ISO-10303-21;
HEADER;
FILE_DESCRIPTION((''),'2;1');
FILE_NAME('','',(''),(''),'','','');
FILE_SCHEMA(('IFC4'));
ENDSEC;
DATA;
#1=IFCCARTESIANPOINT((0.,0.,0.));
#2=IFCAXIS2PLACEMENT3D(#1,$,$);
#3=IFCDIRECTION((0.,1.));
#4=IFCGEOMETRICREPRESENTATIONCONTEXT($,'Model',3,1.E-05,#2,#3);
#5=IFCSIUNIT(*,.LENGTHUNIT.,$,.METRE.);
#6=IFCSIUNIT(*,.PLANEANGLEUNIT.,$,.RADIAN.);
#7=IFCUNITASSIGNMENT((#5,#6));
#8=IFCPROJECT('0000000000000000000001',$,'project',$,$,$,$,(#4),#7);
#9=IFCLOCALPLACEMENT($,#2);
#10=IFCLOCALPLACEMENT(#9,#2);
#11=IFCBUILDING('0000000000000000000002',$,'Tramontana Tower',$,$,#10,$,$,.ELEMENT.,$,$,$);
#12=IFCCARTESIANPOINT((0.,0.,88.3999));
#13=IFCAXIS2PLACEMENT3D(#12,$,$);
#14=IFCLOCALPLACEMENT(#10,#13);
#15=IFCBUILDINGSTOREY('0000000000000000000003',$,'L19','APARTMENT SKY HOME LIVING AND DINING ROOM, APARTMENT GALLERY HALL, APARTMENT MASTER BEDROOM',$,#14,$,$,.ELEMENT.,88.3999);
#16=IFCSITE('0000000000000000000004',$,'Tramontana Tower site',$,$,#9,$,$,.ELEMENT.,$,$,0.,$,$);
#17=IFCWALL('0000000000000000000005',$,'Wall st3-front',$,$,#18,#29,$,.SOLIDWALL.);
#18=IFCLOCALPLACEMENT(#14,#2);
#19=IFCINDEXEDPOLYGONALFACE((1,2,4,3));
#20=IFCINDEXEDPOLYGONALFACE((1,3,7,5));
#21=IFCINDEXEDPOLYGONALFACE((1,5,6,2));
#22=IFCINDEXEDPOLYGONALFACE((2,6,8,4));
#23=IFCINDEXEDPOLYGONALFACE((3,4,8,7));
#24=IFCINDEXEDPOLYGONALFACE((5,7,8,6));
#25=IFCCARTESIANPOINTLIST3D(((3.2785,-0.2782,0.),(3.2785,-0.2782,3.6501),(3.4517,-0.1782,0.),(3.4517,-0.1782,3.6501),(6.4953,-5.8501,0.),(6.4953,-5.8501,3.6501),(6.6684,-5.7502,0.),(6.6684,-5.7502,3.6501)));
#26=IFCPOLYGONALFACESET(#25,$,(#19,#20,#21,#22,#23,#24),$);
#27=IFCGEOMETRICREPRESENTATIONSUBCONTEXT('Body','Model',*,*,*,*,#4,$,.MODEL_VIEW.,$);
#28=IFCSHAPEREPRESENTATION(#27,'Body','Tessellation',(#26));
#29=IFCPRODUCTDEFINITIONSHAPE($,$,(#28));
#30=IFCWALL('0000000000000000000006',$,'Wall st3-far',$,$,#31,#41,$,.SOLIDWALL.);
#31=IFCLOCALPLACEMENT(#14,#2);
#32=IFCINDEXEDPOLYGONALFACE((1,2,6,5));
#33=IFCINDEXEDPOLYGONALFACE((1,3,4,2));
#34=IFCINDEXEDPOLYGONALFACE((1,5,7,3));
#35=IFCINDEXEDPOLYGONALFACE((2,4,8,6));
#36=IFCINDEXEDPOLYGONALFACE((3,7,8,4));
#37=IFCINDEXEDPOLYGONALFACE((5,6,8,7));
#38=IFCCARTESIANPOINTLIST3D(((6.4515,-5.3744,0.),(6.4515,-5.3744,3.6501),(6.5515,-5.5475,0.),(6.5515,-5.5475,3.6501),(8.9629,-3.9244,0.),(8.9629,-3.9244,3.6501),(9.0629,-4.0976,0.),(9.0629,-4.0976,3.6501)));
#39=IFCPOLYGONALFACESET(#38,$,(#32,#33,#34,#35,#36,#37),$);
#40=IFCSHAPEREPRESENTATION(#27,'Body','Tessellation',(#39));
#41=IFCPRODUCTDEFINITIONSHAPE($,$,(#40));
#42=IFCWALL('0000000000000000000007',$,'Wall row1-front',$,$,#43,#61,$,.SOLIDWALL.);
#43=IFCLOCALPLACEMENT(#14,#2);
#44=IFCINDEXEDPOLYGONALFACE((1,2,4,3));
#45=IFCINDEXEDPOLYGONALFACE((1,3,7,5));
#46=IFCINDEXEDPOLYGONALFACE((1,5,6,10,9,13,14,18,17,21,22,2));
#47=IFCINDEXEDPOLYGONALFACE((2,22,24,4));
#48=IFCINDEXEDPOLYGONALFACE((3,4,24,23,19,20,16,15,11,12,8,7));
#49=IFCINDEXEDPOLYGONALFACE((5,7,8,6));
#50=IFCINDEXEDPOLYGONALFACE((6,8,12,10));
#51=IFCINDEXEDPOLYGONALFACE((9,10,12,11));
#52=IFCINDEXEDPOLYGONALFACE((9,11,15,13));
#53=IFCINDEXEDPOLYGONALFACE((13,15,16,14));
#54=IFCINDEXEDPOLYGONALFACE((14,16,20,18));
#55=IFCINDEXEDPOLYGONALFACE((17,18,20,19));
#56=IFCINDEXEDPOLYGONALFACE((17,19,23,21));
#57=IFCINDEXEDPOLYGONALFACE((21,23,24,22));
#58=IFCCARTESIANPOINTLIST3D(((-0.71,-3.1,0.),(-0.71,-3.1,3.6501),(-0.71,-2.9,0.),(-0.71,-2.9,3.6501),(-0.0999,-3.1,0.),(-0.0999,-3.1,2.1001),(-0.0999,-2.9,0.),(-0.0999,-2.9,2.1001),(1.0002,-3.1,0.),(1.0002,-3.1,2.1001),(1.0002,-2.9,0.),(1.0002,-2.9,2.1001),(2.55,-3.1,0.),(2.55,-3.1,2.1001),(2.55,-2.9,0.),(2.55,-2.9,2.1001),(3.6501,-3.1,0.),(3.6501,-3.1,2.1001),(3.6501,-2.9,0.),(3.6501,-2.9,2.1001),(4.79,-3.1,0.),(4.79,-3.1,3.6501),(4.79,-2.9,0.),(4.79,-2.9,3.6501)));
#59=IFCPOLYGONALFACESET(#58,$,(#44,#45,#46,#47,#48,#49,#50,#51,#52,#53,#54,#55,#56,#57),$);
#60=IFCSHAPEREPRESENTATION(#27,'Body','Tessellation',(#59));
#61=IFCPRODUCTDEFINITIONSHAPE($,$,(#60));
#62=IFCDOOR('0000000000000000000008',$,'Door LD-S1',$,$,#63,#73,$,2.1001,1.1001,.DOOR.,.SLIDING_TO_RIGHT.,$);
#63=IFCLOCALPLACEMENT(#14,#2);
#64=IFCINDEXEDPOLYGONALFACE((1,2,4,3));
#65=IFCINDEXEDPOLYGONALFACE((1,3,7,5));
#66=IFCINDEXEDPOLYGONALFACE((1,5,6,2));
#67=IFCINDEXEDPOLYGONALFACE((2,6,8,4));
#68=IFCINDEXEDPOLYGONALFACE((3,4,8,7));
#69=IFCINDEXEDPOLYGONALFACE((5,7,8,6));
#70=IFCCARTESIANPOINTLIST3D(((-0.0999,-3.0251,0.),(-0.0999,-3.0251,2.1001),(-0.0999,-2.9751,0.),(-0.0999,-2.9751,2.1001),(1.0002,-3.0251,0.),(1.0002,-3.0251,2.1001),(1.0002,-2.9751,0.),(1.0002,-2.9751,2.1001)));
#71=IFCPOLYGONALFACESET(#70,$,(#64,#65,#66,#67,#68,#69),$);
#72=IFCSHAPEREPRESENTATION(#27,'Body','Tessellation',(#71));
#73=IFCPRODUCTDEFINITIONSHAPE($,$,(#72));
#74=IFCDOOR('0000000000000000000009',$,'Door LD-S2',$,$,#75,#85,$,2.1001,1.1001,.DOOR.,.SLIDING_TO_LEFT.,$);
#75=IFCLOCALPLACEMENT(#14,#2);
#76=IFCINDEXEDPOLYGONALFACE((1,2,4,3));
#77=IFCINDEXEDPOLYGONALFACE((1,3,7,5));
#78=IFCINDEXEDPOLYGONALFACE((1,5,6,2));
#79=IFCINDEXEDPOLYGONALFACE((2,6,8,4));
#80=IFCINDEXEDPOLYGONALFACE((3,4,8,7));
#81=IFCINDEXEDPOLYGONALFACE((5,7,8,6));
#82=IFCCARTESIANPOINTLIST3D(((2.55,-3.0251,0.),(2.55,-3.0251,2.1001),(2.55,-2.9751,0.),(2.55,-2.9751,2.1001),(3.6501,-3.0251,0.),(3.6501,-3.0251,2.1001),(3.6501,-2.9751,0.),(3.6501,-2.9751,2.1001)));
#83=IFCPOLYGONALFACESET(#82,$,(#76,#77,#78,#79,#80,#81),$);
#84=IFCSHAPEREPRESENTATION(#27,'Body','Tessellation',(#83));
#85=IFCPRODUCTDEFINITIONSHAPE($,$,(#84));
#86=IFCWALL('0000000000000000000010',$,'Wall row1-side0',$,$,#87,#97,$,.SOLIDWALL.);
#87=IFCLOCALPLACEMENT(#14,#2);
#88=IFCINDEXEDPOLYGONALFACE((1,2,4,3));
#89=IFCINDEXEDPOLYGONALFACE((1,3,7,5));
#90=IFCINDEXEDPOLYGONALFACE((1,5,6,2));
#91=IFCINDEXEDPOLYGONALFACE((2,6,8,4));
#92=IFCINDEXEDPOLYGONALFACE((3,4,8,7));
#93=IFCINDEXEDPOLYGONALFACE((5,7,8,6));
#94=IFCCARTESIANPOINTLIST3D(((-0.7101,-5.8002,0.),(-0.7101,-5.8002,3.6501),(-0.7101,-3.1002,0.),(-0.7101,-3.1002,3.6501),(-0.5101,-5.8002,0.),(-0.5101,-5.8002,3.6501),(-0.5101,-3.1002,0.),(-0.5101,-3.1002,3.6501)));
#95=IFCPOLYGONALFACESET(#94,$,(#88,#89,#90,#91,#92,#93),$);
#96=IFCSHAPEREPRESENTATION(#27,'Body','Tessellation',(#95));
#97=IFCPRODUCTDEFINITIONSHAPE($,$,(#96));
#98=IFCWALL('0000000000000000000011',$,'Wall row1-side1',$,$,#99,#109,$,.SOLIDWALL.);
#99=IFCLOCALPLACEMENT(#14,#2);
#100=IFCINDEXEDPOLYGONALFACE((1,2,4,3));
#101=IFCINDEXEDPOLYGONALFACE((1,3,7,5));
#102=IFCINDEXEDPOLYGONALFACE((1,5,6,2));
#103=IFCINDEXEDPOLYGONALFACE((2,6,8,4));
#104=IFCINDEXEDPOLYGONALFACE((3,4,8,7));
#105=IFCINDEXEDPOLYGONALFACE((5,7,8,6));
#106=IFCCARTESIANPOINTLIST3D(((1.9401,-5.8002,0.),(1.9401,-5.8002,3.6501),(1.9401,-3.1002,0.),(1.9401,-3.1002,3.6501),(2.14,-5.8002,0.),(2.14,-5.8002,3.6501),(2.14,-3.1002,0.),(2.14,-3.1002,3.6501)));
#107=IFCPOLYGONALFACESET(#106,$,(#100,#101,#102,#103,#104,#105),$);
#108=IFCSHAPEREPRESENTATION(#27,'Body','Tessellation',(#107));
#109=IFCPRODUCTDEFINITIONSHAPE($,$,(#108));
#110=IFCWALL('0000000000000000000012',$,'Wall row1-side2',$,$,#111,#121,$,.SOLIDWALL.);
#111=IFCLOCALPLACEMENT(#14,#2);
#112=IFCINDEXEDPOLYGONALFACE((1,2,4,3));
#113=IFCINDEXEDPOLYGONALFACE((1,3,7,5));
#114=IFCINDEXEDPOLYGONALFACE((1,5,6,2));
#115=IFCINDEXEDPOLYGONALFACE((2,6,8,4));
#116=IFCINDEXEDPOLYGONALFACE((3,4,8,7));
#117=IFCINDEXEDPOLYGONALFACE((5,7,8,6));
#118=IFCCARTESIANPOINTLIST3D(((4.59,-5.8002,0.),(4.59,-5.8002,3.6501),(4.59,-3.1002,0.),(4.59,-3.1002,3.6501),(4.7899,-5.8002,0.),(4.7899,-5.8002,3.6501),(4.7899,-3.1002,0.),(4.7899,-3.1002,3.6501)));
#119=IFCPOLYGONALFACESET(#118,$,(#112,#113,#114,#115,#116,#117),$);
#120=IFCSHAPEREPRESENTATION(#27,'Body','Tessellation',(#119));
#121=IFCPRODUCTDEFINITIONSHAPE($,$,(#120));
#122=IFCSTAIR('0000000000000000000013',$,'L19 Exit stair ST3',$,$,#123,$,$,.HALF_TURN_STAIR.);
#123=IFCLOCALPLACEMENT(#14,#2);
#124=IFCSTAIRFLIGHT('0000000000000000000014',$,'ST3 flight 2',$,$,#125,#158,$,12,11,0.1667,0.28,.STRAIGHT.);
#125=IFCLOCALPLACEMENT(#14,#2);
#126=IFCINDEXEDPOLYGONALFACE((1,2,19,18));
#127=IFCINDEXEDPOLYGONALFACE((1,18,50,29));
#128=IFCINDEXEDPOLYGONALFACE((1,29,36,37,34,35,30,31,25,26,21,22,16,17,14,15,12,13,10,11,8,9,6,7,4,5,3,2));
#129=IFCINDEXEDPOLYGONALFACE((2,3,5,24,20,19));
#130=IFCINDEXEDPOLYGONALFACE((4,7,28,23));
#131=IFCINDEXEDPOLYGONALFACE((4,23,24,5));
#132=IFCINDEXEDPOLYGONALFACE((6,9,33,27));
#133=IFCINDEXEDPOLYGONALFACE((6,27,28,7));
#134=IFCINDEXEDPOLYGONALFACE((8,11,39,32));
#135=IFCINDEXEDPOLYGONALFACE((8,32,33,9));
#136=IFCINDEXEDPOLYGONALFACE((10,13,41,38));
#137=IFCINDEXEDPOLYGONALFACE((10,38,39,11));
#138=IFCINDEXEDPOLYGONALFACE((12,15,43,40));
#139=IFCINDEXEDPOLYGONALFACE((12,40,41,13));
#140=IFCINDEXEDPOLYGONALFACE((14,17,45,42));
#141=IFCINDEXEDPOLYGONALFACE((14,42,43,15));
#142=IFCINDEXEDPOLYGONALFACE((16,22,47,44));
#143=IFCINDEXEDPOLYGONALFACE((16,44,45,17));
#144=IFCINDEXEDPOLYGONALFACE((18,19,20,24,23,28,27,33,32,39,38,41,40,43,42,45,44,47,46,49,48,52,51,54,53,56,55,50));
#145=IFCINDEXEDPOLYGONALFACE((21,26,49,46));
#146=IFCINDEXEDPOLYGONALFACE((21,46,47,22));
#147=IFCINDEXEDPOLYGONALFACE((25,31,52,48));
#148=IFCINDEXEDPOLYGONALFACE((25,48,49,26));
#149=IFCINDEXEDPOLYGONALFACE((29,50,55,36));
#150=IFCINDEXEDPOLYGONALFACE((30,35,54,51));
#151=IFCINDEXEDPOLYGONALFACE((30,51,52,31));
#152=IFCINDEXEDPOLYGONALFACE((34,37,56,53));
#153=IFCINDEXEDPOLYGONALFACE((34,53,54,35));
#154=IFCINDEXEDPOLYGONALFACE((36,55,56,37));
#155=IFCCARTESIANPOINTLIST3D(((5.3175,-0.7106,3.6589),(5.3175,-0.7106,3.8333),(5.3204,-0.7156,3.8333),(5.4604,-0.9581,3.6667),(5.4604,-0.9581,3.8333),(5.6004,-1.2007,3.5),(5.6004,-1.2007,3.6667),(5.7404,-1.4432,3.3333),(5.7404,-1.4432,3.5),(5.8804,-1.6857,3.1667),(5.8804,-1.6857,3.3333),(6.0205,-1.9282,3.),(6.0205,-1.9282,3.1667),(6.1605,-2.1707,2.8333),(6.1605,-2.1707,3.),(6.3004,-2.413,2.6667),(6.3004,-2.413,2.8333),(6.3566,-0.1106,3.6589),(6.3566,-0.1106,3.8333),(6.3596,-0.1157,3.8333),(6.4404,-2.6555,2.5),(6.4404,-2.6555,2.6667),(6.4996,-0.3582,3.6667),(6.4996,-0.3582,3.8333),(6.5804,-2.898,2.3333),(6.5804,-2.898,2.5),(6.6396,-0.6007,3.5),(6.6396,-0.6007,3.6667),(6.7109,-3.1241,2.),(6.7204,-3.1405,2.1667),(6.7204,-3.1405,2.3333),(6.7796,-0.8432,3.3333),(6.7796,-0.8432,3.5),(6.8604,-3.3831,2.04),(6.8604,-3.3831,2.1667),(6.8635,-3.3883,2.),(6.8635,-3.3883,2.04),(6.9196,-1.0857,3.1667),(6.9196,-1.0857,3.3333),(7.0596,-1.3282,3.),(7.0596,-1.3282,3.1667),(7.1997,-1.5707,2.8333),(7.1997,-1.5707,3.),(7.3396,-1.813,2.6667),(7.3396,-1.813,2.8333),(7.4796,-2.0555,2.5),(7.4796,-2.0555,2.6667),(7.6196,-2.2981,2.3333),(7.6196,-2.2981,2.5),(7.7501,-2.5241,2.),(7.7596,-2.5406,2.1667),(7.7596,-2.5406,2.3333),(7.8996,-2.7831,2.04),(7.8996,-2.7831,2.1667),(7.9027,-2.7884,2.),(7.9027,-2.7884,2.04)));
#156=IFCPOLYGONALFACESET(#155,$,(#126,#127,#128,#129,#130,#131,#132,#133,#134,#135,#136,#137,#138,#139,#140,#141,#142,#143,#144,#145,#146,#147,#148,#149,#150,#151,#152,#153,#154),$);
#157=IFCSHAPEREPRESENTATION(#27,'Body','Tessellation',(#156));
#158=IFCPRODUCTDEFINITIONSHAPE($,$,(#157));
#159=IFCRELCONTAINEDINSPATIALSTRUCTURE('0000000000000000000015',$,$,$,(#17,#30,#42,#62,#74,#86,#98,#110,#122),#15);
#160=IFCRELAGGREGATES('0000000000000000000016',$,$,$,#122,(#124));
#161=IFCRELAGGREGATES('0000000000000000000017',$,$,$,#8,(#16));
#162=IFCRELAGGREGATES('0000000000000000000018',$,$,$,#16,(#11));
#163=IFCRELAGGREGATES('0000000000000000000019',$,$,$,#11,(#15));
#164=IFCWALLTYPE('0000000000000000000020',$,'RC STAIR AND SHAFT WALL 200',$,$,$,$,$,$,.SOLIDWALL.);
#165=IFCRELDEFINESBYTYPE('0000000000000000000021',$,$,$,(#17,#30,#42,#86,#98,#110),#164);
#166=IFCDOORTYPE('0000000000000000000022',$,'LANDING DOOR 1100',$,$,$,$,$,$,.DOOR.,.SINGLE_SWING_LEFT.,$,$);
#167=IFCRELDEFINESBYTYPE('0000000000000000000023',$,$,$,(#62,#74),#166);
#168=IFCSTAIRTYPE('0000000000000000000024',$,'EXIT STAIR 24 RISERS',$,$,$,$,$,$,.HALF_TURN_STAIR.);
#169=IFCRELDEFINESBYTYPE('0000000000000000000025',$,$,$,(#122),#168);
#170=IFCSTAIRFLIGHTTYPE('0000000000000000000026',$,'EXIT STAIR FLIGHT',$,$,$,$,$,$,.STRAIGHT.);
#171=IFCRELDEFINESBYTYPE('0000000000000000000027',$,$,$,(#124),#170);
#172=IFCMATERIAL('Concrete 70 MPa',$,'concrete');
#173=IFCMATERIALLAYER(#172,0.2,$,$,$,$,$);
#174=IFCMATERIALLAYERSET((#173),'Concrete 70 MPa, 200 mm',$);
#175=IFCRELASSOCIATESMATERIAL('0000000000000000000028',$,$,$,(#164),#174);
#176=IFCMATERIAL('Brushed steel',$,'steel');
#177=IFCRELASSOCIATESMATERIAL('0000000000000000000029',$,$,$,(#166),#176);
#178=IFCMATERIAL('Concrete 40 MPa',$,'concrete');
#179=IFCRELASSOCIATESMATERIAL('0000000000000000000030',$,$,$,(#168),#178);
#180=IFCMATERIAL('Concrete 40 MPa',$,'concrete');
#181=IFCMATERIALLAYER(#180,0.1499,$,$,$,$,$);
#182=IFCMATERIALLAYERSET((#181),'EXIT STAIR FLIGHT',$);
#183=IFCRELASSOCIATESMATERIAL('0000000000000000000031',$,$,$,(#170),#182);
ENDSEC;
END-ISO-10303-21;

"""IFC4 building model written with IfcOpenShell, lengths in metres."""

from ifc_helpers import new_model, si_unit, direction, frame, frame_2d, origin, place, context, subcontext, project, spatial, polyline, rectangle, outline, extrude, material, layer, layer_set, type_object, element, fill, aggregate, save


model = new_model("IFC4")

# Units and contexts
model_context = context("Model", 3, precision=1e-05, world=origin(), true_north=direction((0.0, 1.0)))
body_context = subcontext(model_context, "Body", "Model", "MODEL_VIEW")
ifc_project = project(units=[si_unit("LENGTHUNIT", "METRE"), si_unit("PLANEANGLEUNIT", "RADIAN")], contexts=[model_context])

# Site, building, storey
site_placement = place(None, origin())
site = spatial("IfcSite", under=ifc_project, at=site_placement, Name="Tramontana Tower site", CompositionType="ELEMENT", RefElevation=0.0)
building_placement = place(site_placement, origin())
building = spatial("IfcBuilding", under=site, at=building_placement, Name="Tramontana Tower", CompositionType="ELEMENT")
storey_placement = place(building_placement, frame((0.0, 0.0, 88.3999)))
storey = spatial("IfcBuildingStorey", under=building, at=storey_placement, Name="L19", Description="APARTMENT SKY HOME LIVING AND DINING ROOM, APARTMENT GALLERY HALL, APARTMENT MASTER BEDROOM", CompositionType="ELEMENT", Elevation=88.3999)

# Shared definitions
ifc_material_1 = material(Name="Concrete 70 MPa", Category="concrete")
ifc_layer_1 = layer(ifc_material_1, 0.2)
ifc_layer_set_1 = layer_set([ifc_layer_1], Name="Concrete 70 MPa, 200 mm")
wall_type_1 = type_object("IfcWallType", Name="RC STAIR AND SHAFT WALL 200", PredefinedType="SOLIDWALL", material=ifc_layer_set_1)

# Walls
wall_1_placement = place(storey_placement, frame((6.5818, -5.8, 0.0), z_axis=(0.0, 0.0, 1.0), x_axis=(-0.499975, 0.86604, 0.0)))
element("IfcWall", 1, at=wall_1_placement, inside=storey, type_object=wall_type_1, Name="Wall st3-front", PredefinedType="SOLIDWALL", context=body_context, shape_type="SweptSolid", body=[
    extrude(rectangle(XDim=6.4338, YDim=0.2, at=frame_2d((3.2168, 0.0))), origin(), (0.0, 0.0, 1.0), 3.6501),
])
wall_2_placement = place(storey_placement, frame((6.5015, -5.4609, 0.0), z_axis=(0.0, 0.0, 1.0), x_axis=(0.866033, 0.499987, 0.0)))
element("IfcWall", 2, at=wall_2_placement, inside=storey, type_object=wall_type_1, Name="Wall st3-far", PredefinedType="SOLIDWALL", context=body_context, shape_type="SweptSolid", body=[
    extrude(rectangle(XDim=2.8999, YDim=0.2, at=frame_2d((1.45, 0.0))), origin(), (0.0, 0.0, 1.0), 3.6501),
])

# Wall, openings, doors
wall_3_placement = place(storey_placement, frame((-0.71, -3.0, 0.0), z_axis=(0.0, 0.0, 1.0), x_axis=(1.0, 0.0, 0.0)))
wall_3 = element("IfcWall", 3, at=wall_3_placement, inside=storey, type_object=wall_type_1, Name="Wall row1-front", PredefinedType="SOLIDWALL", context=body_context, shape_type="SweptSolid", body=[
    extrude(rectangle(XDim=5.5, YDim=0.2, at=frame_2d((2.75, 0.0))), origin(), (0.0, 0.0, 1.0), 3.6501),
])
opening_1_placement = place(wall_3_placement, frame((0.6101, 0.0, 0.0)))
opening_1 = element("IfcOpeningElement", 4, at=opening_1_placement, cuts=wall_3, PredefinedType="OPENING", context=body_context, shape_type="SweptSolid", body=[
    extrude(rectangle(XDim=1.1001, YDim=2.1001, at=frame_2d((0.55, 1.05))), frame((0.0, 0.1099, 0.0), z_axis=(0.0, -1.0, 0.0), x_axis=(1.0, 0.0, 0.0)), (0.0, 0.0, 1.0), 0.22),
])
opening_2_placement = place(wall_3_placement, frame((3.26, 0.0, 0.0)))
opening_2 = element("IfcOpeningElement", 5, at=opening_2_placement, cuts=wall_3, PredefinedType="OPENING", context=body_context, shape_type="SweptSolid", body=[
    extrude(rectangle(XDim=1.1001, YDim=2.1001, at=frame_2d((0.55, 1.05))), frame((0.0, 0.1099, 0.0), z_axis=(0.0, -1.0, 0.0), x_axis=(1.0, 0.0, 0.0)), (0.0, 0.0, 1.0), 0.22),
])
ifc_material_2 = material(Name="Brushed steel", Category="steel")
door_type_1 = type_object("IfcDoorType", Name="LANDING DOOR 1100", OperationType="SINGLE_SWING_LEFT", PredefinedType="DOOR", material=ifc_material_2)
door_1_placement = place(opening_1_placement, origin())
door_1 = element("IfcDoor", 6, at=door_1_placement, inside=storey, type_object=door_type_1, Name="Door LD-S1", OperationType="SLIDING_TO_RIGHT", OverallHeight=2.1001, OverallWidth=1.1001, PredefinedType="DOOR", context=body_context, shape_type="SweptSolid", body=[
    extrude(rectangle(XDim=1.1001, YDim=2.1001, at=frame_2d((0.55, 1.05))), frame((0.0, 0.0249, 0.0), z_axis=(0.0, -1.0, 0.0), x_axis=(1.0, 0.0, 0.0)), (0.0, 0.0, 1.0), 0.05),
])
fill(opening_1, door_1)
door_2_placement = place(opening_2_placement, origin())
door_2 = element("IfcDoor", 7, at=door_2_placement, inside=storey, type_object=door_type_1, Name="Door LD-S2", OperationType="SLIDING_TO_LEFT", OverallHeight=2.1001, OverallWidth=1.1001, PredefinedType="DOOR", context=body_context, shape_type="SweptSolid", body=[
    extrude(rectangle(XDim=1.1001, YDim=2.1001, at=frame_2d((0.55, 1.05))), frame((0.0, 0.0249, 0.0), z_axis=(0.0, -1.0, 0.0), x_axis=(1.0, 0.0, 0.0)), (0.0, 0.0, 1.0), 0.05),
])
fill(opening_2, door_2)

# Walls
for number, where, z_axis, x_axis, name in (
    (8, (-0.6101, -3.1001, 0.0), (0.0, 0.0, 1.0), (0.0, -1.0, 0.0), "Wall row1-side0"),
    (9, (2.04, -3.1001, 0.0), (0.0, 0.0, 1.0), (0.0, -1.0, 0.0), "Wall row1-side1"),
    (10, (4.6899, -3.1001, 0.0), (0.0, 0.0, 1.0), (0.0, -1.0, 0.0), "Wall row1-side2"),
):
    element("IfcWall", number, at=place(storey_placement, frame(where, z_axis=z_axis, x_axis=x_axis)), inside=storey, type_object=wall_type_1, Name=name, PredefinedType="SOLIDWALL", context=body_context, shape_type="SweptSolid", body=[
        extrude(rectangle(XDim=2.7, YDim=0.2, at=frame_2d((1.3501, 0.0))), origin(), (0.0, 0.0, 1.0), 3.6501),
    ])

# Stair, stair flight
ifc_material_3 = material(Name="Concrete 40 MPa", Category="concrete")
stair_type = type_object("IfcStairType", Name="EXIT STAIR 24 RISERS", PredefinedType="HALF_TURN_STAIR", material=ifc_material_3)
stair_placement = place(storey_placement, origin())
stair = element("IfcStair", 11, at=stair_placement, inside=storey, type_object=stair_type, Name="L19 Exit stair ST3", PredefinedType="HALF_TURN_STAIR")
ifc_material_4 = material(Name="Concrete 40 MPa", Category="concrete")
ifc_layer_2 = layer(ifc_material_4, 0.1499)
ifc_layer_set_2 = layer_set([ifc_layer_2], Name="EXIT STAIR FLIGHT")
stair_flight_type = type_object("IfcStairFlightType", Name="EXIT STAIR FLIGHT", PredefinedType="STRAIGHT", material=ifc_layer_set_2)
stair_flight_placement = place(storey_placement, frame((7.3801, -3.083, 2.0), z_axis=(0.0, 0.0, 1.0), x_axis=(-0.5, 0.866025, 0.0)))
stair_flight = element("IfcStairFlight", 12, at=stair_flight_placement, type_object=stair_flight_type, Name="ST3 flight 2", NumberOfRisers=12, NumberOfTreads=11, PredefinedType="STRAIGHT", RiserHeight=0.1667, TreadLength=0.28, context=body_context, shape_type="SweptSolid", body=[
    extrude(outline(polyline([(-0.0061, 0.0), (-0.0061, 0.04), (0.0, 0.04), (0.0, 0.1667), (0.28, 0.1667), (0.28, 0.3333), (0.5601, 0.3333), (0.5601, 0.5), (0.8401, 0.5), (0.8401, 0.6667), (1.1201, 0.6667), (1.1201, 0.8333), (1.3999, 0.8333), (1.3999, 1.0), (1.6799, 1.0), (1.6799, 1.1667), (1.96, 1.1667), (1.96, 1.3333), (2.24, 1.3333), (2.24, 1.5), (2.52, 1.5), (2.52, 1.6667), (2.8, 1.6667), (2.8, 1.8333), (3.0801, 1.8333), (3.0859, 1.8333), (3.0859, 1.6589), (0.2991, 0.0), (-0.0061, 0.0)])), frame((0.0, 0.6001, 0.0), z_axis=(0.0, -1.0, 0.0), x_axis=(1.0, 0.0, 0.0)), (0.0, 0.0, 1.0), 1.2),
])
aggregate(stair, [stair_flight])

save(model, "model.ifc")
